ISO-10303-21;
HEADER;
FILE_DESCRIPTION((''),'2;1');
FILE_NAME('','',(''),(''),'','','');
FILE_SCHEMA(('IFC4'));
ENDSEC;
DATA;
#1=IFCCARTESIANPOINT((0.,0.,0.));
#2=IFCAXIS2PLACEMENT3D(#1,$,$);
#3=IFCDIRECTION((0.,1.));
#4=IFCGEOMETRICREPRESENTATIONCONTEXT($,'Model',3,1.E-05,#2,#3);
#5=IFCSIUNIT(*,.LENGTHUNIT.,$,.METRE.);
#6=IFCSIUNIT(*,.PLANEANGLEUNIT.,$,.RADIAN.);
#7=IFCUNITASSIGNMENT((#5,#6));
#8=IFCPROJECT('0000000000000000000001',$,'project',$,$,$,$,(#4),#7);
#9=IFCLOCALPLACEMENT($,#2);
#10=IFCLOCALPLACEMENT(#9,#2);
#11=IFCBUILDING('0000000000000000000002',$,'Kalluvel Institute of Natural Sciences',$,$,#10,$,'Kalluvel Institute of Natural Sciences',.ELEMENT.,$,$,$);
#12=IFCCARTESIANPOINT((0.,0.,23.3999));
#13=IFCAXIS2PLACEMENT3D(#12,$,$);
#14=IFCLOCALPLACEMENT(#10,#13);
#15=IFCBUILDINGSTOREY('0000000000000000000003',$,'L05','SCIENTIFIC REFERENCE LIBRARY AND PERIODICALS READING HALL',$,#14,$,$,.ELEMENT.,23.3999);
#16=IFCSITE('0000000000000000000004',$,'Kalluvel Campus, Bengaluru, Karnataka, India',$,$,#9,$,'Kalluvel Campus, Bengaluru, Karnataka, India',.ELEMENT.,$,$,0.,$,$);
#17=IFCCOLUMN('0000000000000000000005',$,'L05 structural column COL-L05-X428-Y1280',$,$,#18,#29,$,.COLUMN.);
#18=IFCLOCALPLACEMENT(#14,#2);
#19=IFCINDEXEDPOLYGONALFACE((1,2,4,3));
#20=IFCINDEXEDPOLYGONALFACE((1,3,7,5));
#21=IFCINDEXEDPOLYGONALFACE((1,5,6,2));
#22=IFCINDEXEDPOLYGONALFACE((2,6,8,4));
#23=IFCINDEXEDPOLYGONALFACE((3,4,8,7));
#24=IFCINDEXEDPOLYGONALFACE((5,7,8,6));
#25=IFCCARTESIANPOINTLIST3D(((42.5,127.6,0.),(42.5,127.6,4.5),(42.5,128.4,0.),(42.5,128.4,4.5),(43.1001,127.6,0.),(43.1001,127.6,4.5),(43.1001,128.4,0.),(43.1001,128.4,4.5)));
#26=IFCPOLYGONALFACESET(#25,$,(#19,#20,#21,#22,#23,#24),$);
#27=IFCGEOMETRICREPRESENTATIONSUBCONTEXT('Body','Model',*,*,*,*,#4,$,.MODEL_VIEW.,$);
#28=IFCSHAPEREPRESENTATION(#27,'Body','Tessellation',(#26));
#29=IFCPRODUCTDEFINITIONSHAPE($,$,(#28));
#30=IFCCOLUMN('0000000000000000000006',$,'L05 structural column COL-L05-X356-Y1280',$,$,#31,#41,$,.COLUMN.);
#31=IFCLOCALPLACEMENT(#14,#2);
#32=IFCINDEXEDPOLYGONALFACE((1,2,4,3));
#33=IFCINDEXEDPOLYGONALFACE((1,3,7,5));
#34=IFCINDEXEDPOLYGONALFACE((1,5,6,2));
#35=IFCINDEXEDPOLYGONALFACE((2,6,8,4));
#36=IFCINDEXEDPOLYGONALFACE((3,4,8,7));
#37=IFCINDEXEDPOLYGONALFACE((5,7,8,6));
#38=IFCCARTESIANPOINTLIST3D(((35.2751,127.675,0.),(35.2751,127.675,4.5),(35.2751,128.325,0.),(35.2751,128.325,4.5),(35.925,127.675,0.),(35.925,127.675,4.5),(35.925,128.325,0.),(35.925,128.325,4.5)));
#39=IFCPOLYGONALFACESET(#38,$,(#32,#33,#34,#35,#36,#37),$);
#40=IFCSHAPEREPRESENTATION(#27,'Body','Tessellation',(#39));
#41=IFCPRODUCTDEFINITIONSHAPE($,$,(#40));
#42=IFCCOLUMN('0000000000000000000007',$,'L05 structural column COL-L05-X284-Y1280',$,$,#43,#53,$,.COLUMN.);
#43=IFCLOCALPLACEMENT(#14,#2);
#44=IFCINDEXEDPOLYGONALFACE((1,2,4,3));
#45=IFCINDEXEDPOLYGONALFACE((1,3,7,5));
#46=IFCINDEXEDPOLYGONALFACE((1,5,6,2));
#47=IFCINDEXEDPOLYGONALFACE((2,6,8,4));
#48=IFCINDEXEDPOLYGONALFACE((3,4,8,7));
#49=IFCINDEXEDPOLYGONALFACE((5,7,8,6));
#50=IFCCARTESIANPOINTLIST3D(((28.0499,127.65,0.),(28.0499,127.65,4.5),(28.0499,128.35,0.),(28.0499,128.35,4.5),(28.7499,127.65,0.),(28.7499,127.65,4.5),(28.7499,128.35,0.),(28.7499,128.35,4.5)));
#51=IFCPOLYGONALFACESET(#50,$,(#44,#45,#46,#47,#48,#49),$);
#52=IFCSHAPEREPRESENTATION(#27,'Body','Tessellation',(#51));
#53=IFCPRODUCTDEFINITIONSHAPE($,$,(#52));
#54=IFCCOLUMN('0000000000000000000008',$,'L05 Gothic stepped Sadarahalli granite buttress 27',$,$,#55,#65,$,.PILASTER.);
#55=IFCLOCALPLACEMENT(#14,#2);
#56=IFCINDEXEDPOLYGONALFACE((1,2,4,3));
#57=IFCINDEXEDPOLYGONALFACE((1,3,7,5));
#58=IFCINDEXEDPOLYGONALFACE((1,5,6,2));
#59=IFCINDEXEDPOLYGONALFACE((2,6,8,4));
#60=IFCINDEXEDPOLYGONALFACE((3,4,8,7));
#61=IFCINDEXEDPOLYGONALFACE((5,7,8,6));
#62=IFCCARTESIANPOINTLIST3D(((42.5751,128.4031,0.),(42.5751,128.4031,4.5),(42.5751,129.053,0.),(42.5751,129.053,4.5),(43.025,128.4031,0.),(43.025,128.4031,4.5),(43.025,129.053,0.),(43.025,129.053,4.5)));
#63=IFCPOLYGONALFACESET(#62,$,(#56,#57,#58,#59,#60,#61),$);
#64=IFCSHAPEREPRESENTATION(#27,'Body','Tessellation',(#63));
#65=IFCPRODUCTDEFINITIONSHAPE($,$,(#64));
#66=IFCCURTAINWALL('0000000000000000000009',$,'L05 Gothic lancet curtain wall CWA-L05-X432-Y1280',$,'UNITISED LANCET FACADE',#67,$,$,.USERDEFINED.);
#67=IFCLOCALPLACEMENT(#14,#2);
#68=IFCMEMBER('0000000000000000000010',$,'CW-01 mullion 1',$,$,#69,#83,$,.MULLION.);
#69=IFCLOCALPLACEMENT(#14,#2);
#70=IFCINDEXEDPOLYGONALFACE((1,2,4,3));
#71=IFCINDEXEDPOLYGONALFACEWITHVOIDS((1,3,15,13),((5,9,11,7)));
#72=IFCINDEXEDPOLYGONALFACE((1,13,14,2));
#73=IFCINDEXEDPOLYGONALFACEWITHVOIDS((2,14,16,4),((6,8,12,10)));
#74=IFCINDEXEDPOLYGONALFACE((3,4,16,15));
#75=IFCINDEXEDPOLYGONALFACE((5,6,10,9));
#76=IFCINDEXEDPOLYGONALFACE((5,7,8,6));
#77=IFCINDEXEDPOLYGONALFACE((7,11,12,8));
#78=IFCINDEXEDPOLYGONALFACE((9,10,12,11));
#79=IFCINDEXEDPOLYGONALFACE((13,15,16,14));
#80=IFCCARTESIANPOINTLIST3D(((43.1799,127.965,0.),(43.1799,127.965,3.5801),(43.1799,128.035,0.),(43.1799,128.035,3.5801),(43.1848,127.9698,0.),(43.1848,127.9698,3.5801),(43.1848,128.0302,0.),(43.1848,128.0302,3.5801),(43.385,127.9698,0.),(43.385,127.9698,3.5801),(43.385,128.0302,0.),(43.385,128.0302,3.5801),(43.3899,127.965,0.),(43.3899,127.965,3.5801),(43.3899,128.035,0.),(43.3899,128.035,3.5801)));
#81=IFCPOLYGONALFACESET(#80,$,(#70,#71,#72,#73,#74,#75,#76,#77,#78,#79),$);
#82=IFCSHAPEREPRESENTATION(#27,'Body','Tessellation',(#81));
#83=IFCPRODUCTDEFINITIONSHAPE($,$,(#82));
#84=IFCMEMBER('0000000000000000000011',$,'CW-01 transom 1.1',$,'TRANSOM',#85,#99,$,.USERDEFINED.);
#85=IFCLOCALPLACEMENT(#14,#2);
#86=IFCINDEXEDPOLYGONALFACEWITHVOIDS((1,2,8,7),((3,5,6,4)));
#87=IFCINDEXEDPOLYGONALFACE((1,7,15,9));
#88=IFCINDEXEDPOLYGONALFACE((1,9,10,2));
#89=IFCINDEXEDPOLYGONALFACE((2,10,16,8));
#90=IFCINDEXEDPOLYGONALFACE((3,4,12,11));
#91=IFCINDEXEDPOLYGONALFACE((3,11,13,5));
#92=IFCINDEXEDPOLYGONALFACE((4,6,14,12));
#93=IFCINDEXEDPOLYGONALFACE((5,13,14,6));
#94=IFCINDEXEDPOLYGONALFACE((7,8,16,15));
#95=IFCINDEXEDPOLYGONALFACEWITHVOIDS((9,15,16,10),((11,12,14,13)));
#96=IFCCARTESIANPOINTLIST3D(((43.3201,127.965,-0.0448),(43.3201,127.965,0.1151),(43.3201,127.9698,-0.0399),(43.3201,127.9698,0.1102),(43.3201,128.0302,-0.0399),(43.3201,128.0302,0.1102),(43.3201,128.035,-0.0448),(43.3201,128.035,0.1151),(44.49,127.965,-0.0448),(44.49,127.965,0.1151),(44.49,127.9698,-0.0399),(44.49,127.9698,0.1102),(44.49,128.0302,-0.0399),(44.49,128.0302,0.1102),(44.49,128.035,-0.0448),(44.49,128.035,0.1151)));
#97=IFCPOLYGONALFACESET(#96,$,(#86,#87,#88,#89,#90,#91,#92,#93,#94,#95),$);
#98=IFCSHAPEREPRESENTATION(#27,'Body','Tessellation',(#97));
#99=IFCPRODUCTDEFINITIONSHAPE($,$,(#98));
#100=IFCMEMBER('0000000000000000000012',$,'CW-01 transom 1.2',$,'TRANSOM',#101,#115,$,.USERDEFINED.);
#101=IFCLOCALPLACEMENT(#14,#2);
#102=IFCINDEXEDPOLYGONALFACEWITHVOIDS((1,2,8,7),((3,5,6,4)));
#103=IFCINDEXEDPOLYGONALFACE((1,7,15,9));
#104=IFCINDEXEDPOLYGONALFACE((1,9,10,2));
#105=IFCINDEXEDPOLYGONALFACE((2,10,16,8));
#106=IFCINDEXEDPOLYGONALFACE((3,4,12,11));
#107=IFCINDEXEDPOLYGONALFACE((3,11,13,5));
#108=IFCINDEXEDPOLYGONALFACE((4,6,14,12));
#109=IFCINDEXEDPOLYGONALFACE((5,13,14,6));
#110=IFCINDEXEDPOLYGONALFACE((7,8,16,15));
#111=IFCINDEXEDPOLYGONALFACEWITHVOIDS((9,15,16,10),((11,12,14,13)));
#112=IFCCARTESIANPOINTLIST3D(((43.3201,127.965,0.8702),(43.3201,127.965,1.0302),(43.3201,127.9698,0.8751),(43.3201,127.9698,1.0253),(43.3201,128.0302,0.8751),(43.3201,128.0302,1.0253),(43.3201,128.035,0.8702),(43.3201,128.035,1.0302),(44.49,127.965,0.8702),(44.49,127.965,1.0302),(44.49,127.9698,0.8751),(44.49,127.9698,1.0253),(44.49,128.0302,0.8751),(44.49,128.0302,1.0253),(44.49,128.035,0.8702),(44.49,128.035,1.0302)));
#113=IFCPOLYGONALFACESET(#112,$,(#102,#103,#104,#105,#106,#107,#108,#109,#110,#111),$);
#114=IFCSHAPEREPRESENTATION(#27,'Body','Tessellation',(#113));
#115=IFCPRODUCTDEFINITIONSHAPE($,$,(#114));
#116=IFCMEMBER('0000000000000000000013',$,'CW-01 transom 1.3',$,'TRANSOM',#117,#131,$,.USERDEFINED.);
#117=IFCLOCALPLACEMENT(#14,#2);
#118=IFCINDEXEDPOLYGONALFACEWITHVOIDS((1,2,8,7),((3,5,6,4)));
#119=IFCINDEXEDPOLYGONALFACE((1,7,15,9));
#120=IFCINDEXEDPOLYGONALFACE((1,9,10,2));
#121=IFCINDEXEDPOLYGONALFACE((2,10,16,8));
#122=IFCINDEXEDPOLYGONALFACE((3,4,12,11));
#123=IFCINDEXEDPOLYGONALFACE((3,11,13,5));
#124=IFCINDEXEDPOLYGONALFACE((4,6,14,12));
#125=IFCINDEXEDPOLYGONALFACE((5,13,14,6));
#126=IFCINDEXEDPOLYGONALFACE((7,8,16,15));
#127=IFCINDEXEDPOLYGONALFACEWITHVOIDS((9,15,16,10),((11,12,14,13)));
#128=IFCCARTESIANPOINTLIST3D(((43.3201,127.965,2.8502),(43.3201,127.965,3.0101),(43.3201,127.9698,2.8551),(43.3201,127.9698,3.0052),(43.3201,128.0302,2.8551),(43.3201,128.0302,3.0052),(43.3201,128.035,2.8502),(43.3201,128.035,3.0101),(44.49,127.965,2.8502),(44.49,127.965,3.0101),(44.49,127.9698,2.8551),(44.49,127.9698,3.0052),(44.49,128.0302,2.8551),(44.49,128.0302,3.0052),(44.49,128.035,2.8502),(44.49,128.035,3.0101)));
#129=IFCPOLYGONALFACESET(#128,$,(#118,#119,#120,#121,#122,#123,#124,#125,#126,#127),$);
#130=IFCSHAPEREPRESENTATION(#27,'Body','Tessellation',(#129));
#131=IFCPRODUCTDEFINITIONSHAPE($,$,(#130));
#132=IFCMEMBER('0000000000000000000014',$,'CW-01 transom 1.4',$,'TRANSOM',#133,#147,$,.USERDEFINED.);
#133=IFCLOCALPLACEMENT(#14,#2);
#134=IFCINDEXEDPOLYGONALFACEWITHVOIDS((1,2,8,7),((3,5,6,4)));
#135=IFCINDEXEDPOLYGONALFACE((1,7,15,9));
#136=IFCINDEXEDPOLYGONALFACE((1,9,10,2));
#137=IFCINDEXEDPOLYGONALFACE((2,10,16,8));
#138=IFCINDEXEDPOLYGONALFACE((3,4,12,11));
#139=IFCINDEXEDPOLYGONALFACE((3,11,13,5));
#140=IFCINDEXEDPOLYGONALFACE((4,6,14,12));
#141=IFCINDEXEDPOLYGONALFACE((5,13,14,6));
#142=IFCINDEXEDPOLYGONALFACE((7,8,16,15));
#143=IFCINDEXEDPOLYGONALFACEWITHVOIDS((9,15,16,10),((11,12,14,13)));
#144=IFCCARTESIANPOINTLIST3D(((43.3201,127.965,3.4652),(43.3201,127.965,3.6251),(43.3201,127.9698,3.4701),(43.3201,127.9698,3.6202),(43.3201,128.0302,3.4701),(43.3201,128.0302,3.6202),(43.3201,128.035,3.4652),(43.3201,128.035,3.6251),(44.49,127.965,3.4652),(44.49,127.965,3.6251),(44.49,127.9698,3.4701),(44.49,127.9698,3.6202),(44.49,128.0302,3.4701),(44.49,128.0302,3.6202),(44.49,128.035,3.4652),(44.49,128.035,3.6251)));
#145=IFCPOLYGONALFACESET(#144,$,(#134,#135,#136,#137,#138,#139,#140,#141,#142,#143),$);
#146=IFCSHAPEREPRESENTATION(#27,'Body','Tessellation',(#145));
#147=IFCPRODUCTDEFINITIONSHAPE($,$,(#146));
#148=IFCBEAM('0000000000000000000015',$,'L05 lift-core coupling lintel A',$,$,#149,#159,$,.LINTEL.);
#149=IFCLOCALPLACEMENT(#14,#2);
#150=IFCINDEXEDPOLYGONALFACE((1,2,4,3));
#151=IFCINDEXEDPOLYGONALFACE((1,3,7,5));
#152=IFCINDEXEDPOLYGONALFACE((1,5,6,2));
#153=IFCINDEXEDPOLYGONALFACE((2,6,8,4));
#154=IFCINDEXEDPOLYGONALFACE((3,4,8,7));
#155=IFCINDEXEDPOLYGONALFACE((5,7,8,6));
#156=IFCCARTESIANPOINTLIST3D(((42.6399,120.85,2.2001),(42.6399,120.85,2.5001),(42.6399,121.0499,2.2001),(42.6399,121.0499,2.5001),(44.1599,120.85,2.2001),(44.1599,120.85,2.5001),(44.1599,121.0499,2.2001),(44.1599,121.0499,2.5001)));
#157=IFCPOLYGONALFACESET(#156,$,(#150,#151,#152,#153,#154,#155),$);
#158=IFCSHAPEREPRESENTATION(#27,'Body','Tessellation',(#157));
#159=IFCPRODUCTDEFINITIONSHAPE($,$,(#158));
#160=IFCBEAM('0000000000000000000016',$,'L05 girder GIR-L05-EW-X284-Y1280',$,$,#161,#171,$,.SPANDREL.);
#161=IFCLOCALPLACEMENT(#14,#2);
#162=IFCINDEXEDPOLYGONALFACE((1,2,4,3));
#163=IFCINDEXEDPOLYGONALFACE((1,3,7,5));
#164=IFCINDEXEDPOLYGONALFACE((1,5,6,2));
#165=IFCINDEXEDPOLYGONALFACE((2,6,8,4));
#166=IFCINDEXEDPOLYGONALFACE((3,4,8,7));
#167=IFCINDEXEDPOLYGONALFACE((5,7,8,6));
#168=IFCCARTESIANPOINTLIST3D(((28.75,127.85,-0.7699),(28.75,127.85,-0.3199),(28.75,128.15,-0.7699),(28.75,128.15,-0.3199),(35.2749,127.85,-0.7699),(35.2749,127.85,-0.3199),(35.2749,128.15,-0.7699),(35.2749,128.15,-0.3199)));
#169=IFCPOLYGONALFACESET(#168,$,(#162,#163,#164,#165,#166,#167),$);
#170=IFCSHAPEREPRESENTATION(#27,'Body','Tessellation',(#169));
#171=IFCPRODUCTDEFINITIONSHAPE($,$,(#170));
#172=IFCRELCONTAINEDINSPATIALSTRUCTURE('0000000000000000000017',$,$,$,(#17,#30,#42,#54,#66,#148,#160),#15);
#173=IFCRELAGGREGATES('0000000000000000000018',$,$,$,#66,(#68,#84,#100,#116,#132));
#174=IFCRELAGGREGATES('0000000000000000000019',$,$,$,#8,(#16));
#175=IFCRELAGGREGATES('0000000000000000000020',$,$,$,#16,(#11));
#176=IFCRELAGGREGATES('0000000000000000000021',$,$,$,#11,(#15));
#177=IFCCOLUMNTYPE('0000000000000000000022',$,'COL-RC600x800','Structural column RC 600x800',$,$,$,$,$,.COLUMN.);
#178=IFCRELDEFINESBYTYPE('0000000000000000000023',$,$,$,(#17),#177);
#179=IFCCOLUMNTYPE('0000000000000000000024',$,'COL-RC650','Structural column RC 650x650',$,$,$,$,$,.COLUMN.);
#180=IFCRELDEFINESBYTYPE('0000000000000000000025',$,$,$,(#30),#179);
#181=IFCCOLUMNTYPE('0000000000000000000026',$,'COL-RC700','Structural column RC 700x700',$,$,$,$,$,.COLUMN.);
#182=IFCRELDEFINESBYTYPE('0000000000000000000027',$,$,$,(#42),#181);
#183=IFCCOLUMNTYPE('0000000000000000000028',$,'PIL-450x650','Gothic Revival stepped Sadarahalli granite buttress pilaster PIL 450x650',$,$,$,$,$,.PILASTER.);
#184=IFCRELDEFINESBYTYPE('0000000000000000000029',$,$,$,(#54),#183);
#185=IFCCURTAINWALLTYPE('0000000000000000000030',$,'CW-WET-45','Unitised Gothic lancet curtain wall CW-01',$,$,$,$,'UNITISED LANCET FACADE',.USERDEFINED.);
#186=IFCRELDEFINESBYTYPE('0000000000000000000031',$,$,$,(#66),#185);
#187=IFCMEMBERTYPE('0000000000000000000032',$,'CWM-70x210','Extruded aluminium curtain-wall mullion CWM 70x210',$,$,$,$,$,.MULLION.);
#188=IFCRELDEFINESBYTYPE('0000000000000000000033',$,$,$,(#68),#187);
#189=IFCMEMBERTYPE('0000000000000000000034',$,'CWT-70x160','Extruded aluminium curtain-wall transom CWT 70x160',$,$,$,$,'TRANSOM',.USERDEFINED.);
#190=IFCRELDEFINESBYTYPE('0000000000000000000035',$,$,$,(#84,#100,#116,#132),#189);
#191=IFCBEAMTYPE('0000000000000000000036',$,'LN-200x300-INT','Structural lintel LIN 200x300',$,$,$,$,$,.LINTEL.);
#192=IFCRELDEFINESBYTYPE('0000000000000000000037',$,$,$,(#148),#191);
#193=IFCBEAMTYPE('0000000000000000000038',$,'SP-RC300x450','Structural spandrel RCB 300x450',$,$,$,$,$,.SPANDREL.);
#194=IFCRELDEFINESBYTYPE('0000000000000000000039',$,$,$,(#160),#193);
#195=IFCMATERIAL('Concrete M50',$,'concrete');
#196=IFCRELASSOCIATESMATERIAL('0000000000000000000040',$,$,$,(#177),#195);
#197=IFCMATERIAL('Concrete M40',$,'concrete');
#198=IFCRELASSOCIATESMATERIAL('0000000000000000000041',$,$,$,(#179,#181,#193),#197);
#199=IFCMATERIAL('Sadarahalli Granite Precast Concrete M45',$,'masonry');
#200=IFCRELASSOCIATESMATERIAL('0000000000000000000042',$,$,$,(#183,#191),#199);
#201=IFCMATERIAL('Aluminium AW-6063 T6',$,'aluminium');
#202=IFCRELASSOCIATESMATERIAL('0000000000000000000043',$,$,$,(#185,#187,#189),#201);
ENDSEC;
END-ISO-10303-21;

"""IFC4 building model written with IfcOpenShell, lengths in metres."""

from ifc_helpers import new_model, si_unit, direction, frame, origin, origin_2d, place, context, subcontext, project, spatial, rectangle, hollow_rectangle, extrude, material, material_profile, profile_set, type_object, element, aggregate, save


model = new_model("IFC4")

# Units and contexts
model_context = context("Model", 3, precision=1e-05, world=origin(), true_north=direction((0.0, 1.0)))
body_context = subcontext(model_context, "Body", "Model", "MODEL_VIEW")
ifc_project = project(units=[si_unit("LENGTHUNIT", "METRE"), si_unit("PLANEANGLEUNIT", "RADIAN")], contexts=[model_context])

# Site, building, storey
site_placement = place(None, origin())
site = spatial("IfcSite", under=ifc_project, at=site_placement, Name="Kalluvel Campus, Bengaluru, Karnataka, India", LongName="Kalluvel Campus, Bengaluru, Karnataka, India", CompositionType="ELEMENT", RefElevation=0.0)
building_placement = place(site_placement, origin())
building = spatial("IfcBuilding", under=site, at=building_placement, Name="Kalluvel Institute of Natural Sciences", LongName="Kalluvel Institute of Natural Sciences", CompositionType="ELEMENT")
storey_placement = place(building_placement, frame((0.0, 0.0, 23.3999)))
storey = spatial("IfcBuildingStorey", under=building, at=storey_placement, Name="L05", Description="SCIENTIFIC REFERENCE LIBRARY AND PERIODICALS READING HALL", CompositionType="ELEMENT", Elevation=23.3999)

# Columns
ifc_material_1 = material(Name="Concrete M50", Category="concrete")
ifc_material_profile_1 = material_profile(ifc_material_1, rectangle(XDim=0.6001, YDim=0.8, at=origin_2d()), Name="RC 600x800")
ifc_profile_set_1 = profile_set([ifc_material_profile_1], Name="Concrete M50")
column_type_1 = type_object("IfcColumnType", Name="COL-RC600x800", Description="Structural column RC 600x800", PredefinedType="COLUMN", material=ifc_profile_set_1)
column_1_placement = place(storey_placement, frame((42.8, 128.0, 0.0), z_axis=(0.0, 0.0, 1.0), x_axis=(1.0, 0.0, 0.0)))
element("IfcColumn", 1, at=column_1_placement, inside=storey, type_object=column_type_1, Name="L05 structural column COL-L05-X428-Y1280", PredefinedType="COLUMN", context=body_context, shape_type="SweptSolid", body=[
    extrude(rectangle(XDim=0.6001, YDim=0.8, at=origin_2d()), origin(), (0.0, 0.0, 1.0), 4.5),
])
ifc_material_2 = material(Name="Concrete M40", Category="concrete")
ifc_material_profile_2 = material_profile(ifc_material_2, rectangle(XDim=0.6499, YDim=0.6499, at=origin_2d()), Name="RC 650x650")
ifc_profile_set_2 = profile_set([ifc_material_profile_2], Name="Concrete M40")
column_type_2 = type_object("IfcColumnType", Name="COL-RC650", Description="Structural column RC 650x650", PredefinedType="COLUMN", material=ifc_profile_set_2)
column_2_placement = place(storey_placement, frame((35.6001, 128.0, 0.0), z_axis=(0.0, 0.0, 1.0), x_axis=(1.0, 0.0, 0.0)))
element("IfcColumn", 2, at=column_2_placement, inside=storey, type_object=column_type_2, Name="L05 structural column COL-L05-X356-Y1280", PredefinedType="COLUMN", context=body_context, shape_type="SweptSolid", body=[
    extrude(rectangle(XDim=0.6499, YDim=0.6499, at=origin_2d()), origin(), (0.0, 0.0, 1.0), 4.5),
])
ifc_material_profile_3 = material_profile(ifc_material_2, rectangle(XDim=0.7, YDim=0.7, at=origin_2d()), Name="RC 700x700")
ifc_profile_set_3 = profile_set([ifc_material_profile_3], Name="Concrete M40")
column_type_3 = type_object("IfcColumnType", Name="COL-RC700", Description="Structural column RC 700x700", PredefinedType="COLUMN", material=ifc_profile_set_3)
column_3_placement = place(storey_placement, frame((28.3999, 128.0, 0.0), z_axis=(0.0, 0.0, 1.0), x_axis=(1.0, 0.0, 0.0)))
element("IfcColumn", 3, at=column_3_placement, inside=storey, type_object=column_type_3, Name="L05 structural column COL-L05-X284-Y1280", PredefinedType="COLUMN", context=body_context, shape_type="SweptSolid", body=[
    extrude(rectangle(XDim=0.7, YDim=0.7, at=origin_2d()), origin(), (0.0, 0.0, 1.0), 4.5),
])
ifc_material_3 = material(Name="Sadarahalli Granite Precast Concrete M45", Category="masonry")
ifc_material_profile_4 = material_profile(ifc_material_3, rectangle(XDim=0.45, YDim=0.6499, at=origin_2d()), Name="PIL 450x650")
ifc_profile_set_4 = profile_set([ifc_material_profile_4], Name="Sadarahalli Granite Precast Concrete M45")
column_type_4 = type_object("IfcColumnType", Name="PIL-450x650", Description="Gothic Revival stepped Sadarahalli granite buttress pilaster PIL 450x650", PredefinedType="PILASTER", material=ifc_profile_set_4)
column_4_placement = place(storey_placement, frame((42.8, 128.728, 0.0), z_axis=(0.0, 0.0, 1.0), x_axis=(1.0, 0.0, 0.0)))
element("IfcColumn", 4, at=column_4_placement, inside=storey, type_object=column_type_4, Name="L05 Gothic stepped Sadarahalli granite buttress 27", PredefinedType="PILASTER", context=body_context, shape_type="SweptSolid", body=[
    extrude(rectangle(XDim=0.45, YDim=0.6499, at=origin_2d()), origin(), (0.0, 0.0, 1.0), 4.5),
])

# Curtain wall, members
ifc_material_4 = material(Name="Aluminium AW-6063 T6", Category="aluminium")
curtain_wall_type = type_object("IfcCurtainWallType", Name="CW-WET-45", Description="Unitised Gothic lancet curtain wall CW-01", ElementType="UNITISED LANCET FACADE", PredefinedType="USERDEFINED", material=ifc_material_4)
curtain_wall_placement = place(storey_placement, origin())
curtain_wall = element("IfcCurtainWall", 5, at=curtain_wall_placement, inside=storey, type_object=curtain_wall_type, Name="L05 Gothic lancet curtain wall CWA-L05-X432-Y1280", ObjectType="UNITISED LANCET FACADE", PredefinedType="USERDEFINED")
ifc_material_profile_5 = material_profile(ifc_material_4, hollow_rectangle(XDim=0.0701, YDim=0.21, WallThickness=0.0049, at=origin_2d()), Name="CWM 70x210")
ifc_profile_set_5 = profile_set([ifc_material_profile_5], Name="Aluminium AW-6063 T6")
member_type_1 = type_object("IfcMemberType", Name="CWM-70x210", Description="Extruded aluminium curtain-wall mullion CWM 70x210", PredefinedType="MULLION", material=ifc_profile_set_5)
member_1_placement = place(storey_placement, frame((43.2849, 128.0, 0.0), z_axis=(0.0, 0.0, 1.0), x_axis=(0.0, 1.0, 0.0)))
member_1 = element("IfcMember", 6, at=member_1_placement, type_object=member_type_1, Name="CW-01 mullion 1", PredefinedType="MULLION", context=body_context, shape_type="SweptSolid", body=[
    extrude(hollow_rectangle(XDim=0.0701, YDim=0.21, WallThickness=0.0049, at=origin_2d()), origin(), (0.0, 0.0, 1.0), 3.5801),
])
ifc_material_profile_6 = material_profile(ifc_material_4, hollow_rectangle(XDim=0.0701, YDim=0.1599, WallThickness=0.0049, at=origin_2d()), Name="CWT 70x160")
ifc_profile_set_6 = profile_set([ifc_material_profile_6], Name="Aluminium AW-6063 T6")
member_type_2 = type_object("IfcMemberType", Name="CWT-70x160", Description="Extruded aluminium curtain-wall transom CWT 70x160", ElementType="TRANSOM", PredefinedType="USERDEFINED", material=ifc_profile_set_6)
member_2_placement = place(storey_placement, frame((43.3201, 128.0, 0.0352), z_axis=(1.0, 0.0, 0.0), x_axis=(0.0, 1.0, 0.0)))
member_2 = element("IfcMember", 7, at=member_2_placement, type_object=member_type_2, Name="CW-01 transom 1.1", ObjectType="TRANSOM", PredefinedType="USERDEFINED", context=body_context, shape_type="SweptSolid", body=[
    extrude(hollow_rectangle(XDim=0.0701, YDim=0.1599, WallThickness=0.0049, at=origin_2d()), origin(), (0.0, 0.0, 1.0), 1.1699),
])
member_3_placement = place(storey_placement, frame((43.3201, 128.0, 0.9502), z_axis=(1.0, 0.0, 0.0), x_axis=(0.0, 1.0, 0.0)))
member_3 = element("IfcMember", 8, at=member_3_placement, type_object=member_type_2, Name="CW-01 transom 1.2", ObjectType="TRANSOM", PredefinedType="USERDEFINED", context=body_context, shape_type="SweptSolid", body=[
    extrude(hollow_rectangle(XDim=0.0701, YDim=0.1599, WallThickness=0.0049, at=origin_2d()), origin(), (0.0, 0.0, 1.0), 1.1699),
])
member_4_placement = place(storey_placement, frame((43.3201, 128.0, 2.9302), z_axis=(1.0, 0.0, 0.0), x_axis=(0.0, 1.0, 0.0)))
member_4 = element("IfcMember", 9, at=member_4_placement, type_object=member_type_2, Name="CW-01 transom 1.3", ObjectType="TRANSOM", PredefinedType="USERDEFINED", context=body_context, shape_type="SweptSolid", body=[
    extrude(hollow_rectangle(XDim=0.0701, YDim=0.1599, WallThickness=0.0049, at=origin_2d()), origin(), (0.0, 0.0, 1.0), 1.1699),
])
member_5_placement = place(storey_placement, frame((43.3201, 128.0, 3.5452), z_axis=(1.0, 0.0, 0.0), x_axis=(0.0, 1.0, 0.0)))
member_5 = element("IfcMember", 10, at=member_5_placement, type_object=member_type_2, Name="CW-01 transom 1.4", ObjectType="TRANSOM", PredefinedType="USERDEFINED", context=body_context, shape_type="SweptSolid", body=[
    extrude(hollow_rectangle(XDim=0.0701, YDim=0.1599, WallThickness=0.0049, at=origin_2d()), origin(), (0.0, 0.0, 1.0), 1.1699),
])
aggregate(curtain_wall, [member_1, member_2, member_3, member_4, member_5])

# Beams
ifc_material_profile_7 = material_profile(ifc_material_3, rectangle(XDim=0.2, YDim=0.3, at=origin_2d()), Name="LIN 200x300")
ifc_profile_set_7 = profile_set([ifc_material_profile_7], Name="Sadarahalli Granite Precast Concrete M45")
beam_type_1 = type_object("IfcBeamType", Name="LN-200x300-INT", Description="Structural lintel LIN 200x300", PredefinedType="LINTEL", material=ifc_profile_set_7)
beam_1_placement = place(storey_placement, frame((42.6399, 120.95, 2.3501), z_axis=(1.0, 0.0, 0.0), x_axis=(0.0, 1.0, 0.0)))
element("IfcBeam", 11, at=beam_1_placement, inside=storey, type_object=beam_type_1, Name="L05 lift-core coupling lintel A", PredefinedType="LINTEL", context=body_context, shape_type="SweptSolid", body=[
    extrude(rectangle(XDim=0.2, YDim=0.3, at=origin_2d()), origin(), (0.0, 0.0, 1.0), 1.52),
])
ifc_material_profile_8 = material_profile(ifc_material_2, rectangle(XDim=0.3, YDim=0.45, at=origin_2d()), Name="RCB 300x450")
ifc_profile_set_8 = profile_set([ifc_material_profile_8], Name="Concrete M40")
beam_type_2 = type_object("IfcBeamType", Name="SP-RC300x450", Description="Structural spandrel RCB 300x450", PredefinedType="SPANDREL", material=ifc_profile_set_8)
beam_2_placement = place(storey_placement, frame((28.75, 128.0, -0.5449), z_axis=(1.0, 0.0, 0.0), x_axis=(0.0, 1.0, 0.0)))
element("IfcBeam", 12, at=beam_2_placement, inside=storey, type_object=beam_type_2, Name="L05 girder GIR-L05-EW-X284-Y1280", PredefinedType="SPANDREL", context=body_context, shape_type="SweptSolid", body=[
    extrude(rectangle(XDim=0.3, YDim=0.45, at=origin_2d()), origin(), (0.0, 0.0, 1.0), 6.5249),
])

save(model, "model.ifc")
